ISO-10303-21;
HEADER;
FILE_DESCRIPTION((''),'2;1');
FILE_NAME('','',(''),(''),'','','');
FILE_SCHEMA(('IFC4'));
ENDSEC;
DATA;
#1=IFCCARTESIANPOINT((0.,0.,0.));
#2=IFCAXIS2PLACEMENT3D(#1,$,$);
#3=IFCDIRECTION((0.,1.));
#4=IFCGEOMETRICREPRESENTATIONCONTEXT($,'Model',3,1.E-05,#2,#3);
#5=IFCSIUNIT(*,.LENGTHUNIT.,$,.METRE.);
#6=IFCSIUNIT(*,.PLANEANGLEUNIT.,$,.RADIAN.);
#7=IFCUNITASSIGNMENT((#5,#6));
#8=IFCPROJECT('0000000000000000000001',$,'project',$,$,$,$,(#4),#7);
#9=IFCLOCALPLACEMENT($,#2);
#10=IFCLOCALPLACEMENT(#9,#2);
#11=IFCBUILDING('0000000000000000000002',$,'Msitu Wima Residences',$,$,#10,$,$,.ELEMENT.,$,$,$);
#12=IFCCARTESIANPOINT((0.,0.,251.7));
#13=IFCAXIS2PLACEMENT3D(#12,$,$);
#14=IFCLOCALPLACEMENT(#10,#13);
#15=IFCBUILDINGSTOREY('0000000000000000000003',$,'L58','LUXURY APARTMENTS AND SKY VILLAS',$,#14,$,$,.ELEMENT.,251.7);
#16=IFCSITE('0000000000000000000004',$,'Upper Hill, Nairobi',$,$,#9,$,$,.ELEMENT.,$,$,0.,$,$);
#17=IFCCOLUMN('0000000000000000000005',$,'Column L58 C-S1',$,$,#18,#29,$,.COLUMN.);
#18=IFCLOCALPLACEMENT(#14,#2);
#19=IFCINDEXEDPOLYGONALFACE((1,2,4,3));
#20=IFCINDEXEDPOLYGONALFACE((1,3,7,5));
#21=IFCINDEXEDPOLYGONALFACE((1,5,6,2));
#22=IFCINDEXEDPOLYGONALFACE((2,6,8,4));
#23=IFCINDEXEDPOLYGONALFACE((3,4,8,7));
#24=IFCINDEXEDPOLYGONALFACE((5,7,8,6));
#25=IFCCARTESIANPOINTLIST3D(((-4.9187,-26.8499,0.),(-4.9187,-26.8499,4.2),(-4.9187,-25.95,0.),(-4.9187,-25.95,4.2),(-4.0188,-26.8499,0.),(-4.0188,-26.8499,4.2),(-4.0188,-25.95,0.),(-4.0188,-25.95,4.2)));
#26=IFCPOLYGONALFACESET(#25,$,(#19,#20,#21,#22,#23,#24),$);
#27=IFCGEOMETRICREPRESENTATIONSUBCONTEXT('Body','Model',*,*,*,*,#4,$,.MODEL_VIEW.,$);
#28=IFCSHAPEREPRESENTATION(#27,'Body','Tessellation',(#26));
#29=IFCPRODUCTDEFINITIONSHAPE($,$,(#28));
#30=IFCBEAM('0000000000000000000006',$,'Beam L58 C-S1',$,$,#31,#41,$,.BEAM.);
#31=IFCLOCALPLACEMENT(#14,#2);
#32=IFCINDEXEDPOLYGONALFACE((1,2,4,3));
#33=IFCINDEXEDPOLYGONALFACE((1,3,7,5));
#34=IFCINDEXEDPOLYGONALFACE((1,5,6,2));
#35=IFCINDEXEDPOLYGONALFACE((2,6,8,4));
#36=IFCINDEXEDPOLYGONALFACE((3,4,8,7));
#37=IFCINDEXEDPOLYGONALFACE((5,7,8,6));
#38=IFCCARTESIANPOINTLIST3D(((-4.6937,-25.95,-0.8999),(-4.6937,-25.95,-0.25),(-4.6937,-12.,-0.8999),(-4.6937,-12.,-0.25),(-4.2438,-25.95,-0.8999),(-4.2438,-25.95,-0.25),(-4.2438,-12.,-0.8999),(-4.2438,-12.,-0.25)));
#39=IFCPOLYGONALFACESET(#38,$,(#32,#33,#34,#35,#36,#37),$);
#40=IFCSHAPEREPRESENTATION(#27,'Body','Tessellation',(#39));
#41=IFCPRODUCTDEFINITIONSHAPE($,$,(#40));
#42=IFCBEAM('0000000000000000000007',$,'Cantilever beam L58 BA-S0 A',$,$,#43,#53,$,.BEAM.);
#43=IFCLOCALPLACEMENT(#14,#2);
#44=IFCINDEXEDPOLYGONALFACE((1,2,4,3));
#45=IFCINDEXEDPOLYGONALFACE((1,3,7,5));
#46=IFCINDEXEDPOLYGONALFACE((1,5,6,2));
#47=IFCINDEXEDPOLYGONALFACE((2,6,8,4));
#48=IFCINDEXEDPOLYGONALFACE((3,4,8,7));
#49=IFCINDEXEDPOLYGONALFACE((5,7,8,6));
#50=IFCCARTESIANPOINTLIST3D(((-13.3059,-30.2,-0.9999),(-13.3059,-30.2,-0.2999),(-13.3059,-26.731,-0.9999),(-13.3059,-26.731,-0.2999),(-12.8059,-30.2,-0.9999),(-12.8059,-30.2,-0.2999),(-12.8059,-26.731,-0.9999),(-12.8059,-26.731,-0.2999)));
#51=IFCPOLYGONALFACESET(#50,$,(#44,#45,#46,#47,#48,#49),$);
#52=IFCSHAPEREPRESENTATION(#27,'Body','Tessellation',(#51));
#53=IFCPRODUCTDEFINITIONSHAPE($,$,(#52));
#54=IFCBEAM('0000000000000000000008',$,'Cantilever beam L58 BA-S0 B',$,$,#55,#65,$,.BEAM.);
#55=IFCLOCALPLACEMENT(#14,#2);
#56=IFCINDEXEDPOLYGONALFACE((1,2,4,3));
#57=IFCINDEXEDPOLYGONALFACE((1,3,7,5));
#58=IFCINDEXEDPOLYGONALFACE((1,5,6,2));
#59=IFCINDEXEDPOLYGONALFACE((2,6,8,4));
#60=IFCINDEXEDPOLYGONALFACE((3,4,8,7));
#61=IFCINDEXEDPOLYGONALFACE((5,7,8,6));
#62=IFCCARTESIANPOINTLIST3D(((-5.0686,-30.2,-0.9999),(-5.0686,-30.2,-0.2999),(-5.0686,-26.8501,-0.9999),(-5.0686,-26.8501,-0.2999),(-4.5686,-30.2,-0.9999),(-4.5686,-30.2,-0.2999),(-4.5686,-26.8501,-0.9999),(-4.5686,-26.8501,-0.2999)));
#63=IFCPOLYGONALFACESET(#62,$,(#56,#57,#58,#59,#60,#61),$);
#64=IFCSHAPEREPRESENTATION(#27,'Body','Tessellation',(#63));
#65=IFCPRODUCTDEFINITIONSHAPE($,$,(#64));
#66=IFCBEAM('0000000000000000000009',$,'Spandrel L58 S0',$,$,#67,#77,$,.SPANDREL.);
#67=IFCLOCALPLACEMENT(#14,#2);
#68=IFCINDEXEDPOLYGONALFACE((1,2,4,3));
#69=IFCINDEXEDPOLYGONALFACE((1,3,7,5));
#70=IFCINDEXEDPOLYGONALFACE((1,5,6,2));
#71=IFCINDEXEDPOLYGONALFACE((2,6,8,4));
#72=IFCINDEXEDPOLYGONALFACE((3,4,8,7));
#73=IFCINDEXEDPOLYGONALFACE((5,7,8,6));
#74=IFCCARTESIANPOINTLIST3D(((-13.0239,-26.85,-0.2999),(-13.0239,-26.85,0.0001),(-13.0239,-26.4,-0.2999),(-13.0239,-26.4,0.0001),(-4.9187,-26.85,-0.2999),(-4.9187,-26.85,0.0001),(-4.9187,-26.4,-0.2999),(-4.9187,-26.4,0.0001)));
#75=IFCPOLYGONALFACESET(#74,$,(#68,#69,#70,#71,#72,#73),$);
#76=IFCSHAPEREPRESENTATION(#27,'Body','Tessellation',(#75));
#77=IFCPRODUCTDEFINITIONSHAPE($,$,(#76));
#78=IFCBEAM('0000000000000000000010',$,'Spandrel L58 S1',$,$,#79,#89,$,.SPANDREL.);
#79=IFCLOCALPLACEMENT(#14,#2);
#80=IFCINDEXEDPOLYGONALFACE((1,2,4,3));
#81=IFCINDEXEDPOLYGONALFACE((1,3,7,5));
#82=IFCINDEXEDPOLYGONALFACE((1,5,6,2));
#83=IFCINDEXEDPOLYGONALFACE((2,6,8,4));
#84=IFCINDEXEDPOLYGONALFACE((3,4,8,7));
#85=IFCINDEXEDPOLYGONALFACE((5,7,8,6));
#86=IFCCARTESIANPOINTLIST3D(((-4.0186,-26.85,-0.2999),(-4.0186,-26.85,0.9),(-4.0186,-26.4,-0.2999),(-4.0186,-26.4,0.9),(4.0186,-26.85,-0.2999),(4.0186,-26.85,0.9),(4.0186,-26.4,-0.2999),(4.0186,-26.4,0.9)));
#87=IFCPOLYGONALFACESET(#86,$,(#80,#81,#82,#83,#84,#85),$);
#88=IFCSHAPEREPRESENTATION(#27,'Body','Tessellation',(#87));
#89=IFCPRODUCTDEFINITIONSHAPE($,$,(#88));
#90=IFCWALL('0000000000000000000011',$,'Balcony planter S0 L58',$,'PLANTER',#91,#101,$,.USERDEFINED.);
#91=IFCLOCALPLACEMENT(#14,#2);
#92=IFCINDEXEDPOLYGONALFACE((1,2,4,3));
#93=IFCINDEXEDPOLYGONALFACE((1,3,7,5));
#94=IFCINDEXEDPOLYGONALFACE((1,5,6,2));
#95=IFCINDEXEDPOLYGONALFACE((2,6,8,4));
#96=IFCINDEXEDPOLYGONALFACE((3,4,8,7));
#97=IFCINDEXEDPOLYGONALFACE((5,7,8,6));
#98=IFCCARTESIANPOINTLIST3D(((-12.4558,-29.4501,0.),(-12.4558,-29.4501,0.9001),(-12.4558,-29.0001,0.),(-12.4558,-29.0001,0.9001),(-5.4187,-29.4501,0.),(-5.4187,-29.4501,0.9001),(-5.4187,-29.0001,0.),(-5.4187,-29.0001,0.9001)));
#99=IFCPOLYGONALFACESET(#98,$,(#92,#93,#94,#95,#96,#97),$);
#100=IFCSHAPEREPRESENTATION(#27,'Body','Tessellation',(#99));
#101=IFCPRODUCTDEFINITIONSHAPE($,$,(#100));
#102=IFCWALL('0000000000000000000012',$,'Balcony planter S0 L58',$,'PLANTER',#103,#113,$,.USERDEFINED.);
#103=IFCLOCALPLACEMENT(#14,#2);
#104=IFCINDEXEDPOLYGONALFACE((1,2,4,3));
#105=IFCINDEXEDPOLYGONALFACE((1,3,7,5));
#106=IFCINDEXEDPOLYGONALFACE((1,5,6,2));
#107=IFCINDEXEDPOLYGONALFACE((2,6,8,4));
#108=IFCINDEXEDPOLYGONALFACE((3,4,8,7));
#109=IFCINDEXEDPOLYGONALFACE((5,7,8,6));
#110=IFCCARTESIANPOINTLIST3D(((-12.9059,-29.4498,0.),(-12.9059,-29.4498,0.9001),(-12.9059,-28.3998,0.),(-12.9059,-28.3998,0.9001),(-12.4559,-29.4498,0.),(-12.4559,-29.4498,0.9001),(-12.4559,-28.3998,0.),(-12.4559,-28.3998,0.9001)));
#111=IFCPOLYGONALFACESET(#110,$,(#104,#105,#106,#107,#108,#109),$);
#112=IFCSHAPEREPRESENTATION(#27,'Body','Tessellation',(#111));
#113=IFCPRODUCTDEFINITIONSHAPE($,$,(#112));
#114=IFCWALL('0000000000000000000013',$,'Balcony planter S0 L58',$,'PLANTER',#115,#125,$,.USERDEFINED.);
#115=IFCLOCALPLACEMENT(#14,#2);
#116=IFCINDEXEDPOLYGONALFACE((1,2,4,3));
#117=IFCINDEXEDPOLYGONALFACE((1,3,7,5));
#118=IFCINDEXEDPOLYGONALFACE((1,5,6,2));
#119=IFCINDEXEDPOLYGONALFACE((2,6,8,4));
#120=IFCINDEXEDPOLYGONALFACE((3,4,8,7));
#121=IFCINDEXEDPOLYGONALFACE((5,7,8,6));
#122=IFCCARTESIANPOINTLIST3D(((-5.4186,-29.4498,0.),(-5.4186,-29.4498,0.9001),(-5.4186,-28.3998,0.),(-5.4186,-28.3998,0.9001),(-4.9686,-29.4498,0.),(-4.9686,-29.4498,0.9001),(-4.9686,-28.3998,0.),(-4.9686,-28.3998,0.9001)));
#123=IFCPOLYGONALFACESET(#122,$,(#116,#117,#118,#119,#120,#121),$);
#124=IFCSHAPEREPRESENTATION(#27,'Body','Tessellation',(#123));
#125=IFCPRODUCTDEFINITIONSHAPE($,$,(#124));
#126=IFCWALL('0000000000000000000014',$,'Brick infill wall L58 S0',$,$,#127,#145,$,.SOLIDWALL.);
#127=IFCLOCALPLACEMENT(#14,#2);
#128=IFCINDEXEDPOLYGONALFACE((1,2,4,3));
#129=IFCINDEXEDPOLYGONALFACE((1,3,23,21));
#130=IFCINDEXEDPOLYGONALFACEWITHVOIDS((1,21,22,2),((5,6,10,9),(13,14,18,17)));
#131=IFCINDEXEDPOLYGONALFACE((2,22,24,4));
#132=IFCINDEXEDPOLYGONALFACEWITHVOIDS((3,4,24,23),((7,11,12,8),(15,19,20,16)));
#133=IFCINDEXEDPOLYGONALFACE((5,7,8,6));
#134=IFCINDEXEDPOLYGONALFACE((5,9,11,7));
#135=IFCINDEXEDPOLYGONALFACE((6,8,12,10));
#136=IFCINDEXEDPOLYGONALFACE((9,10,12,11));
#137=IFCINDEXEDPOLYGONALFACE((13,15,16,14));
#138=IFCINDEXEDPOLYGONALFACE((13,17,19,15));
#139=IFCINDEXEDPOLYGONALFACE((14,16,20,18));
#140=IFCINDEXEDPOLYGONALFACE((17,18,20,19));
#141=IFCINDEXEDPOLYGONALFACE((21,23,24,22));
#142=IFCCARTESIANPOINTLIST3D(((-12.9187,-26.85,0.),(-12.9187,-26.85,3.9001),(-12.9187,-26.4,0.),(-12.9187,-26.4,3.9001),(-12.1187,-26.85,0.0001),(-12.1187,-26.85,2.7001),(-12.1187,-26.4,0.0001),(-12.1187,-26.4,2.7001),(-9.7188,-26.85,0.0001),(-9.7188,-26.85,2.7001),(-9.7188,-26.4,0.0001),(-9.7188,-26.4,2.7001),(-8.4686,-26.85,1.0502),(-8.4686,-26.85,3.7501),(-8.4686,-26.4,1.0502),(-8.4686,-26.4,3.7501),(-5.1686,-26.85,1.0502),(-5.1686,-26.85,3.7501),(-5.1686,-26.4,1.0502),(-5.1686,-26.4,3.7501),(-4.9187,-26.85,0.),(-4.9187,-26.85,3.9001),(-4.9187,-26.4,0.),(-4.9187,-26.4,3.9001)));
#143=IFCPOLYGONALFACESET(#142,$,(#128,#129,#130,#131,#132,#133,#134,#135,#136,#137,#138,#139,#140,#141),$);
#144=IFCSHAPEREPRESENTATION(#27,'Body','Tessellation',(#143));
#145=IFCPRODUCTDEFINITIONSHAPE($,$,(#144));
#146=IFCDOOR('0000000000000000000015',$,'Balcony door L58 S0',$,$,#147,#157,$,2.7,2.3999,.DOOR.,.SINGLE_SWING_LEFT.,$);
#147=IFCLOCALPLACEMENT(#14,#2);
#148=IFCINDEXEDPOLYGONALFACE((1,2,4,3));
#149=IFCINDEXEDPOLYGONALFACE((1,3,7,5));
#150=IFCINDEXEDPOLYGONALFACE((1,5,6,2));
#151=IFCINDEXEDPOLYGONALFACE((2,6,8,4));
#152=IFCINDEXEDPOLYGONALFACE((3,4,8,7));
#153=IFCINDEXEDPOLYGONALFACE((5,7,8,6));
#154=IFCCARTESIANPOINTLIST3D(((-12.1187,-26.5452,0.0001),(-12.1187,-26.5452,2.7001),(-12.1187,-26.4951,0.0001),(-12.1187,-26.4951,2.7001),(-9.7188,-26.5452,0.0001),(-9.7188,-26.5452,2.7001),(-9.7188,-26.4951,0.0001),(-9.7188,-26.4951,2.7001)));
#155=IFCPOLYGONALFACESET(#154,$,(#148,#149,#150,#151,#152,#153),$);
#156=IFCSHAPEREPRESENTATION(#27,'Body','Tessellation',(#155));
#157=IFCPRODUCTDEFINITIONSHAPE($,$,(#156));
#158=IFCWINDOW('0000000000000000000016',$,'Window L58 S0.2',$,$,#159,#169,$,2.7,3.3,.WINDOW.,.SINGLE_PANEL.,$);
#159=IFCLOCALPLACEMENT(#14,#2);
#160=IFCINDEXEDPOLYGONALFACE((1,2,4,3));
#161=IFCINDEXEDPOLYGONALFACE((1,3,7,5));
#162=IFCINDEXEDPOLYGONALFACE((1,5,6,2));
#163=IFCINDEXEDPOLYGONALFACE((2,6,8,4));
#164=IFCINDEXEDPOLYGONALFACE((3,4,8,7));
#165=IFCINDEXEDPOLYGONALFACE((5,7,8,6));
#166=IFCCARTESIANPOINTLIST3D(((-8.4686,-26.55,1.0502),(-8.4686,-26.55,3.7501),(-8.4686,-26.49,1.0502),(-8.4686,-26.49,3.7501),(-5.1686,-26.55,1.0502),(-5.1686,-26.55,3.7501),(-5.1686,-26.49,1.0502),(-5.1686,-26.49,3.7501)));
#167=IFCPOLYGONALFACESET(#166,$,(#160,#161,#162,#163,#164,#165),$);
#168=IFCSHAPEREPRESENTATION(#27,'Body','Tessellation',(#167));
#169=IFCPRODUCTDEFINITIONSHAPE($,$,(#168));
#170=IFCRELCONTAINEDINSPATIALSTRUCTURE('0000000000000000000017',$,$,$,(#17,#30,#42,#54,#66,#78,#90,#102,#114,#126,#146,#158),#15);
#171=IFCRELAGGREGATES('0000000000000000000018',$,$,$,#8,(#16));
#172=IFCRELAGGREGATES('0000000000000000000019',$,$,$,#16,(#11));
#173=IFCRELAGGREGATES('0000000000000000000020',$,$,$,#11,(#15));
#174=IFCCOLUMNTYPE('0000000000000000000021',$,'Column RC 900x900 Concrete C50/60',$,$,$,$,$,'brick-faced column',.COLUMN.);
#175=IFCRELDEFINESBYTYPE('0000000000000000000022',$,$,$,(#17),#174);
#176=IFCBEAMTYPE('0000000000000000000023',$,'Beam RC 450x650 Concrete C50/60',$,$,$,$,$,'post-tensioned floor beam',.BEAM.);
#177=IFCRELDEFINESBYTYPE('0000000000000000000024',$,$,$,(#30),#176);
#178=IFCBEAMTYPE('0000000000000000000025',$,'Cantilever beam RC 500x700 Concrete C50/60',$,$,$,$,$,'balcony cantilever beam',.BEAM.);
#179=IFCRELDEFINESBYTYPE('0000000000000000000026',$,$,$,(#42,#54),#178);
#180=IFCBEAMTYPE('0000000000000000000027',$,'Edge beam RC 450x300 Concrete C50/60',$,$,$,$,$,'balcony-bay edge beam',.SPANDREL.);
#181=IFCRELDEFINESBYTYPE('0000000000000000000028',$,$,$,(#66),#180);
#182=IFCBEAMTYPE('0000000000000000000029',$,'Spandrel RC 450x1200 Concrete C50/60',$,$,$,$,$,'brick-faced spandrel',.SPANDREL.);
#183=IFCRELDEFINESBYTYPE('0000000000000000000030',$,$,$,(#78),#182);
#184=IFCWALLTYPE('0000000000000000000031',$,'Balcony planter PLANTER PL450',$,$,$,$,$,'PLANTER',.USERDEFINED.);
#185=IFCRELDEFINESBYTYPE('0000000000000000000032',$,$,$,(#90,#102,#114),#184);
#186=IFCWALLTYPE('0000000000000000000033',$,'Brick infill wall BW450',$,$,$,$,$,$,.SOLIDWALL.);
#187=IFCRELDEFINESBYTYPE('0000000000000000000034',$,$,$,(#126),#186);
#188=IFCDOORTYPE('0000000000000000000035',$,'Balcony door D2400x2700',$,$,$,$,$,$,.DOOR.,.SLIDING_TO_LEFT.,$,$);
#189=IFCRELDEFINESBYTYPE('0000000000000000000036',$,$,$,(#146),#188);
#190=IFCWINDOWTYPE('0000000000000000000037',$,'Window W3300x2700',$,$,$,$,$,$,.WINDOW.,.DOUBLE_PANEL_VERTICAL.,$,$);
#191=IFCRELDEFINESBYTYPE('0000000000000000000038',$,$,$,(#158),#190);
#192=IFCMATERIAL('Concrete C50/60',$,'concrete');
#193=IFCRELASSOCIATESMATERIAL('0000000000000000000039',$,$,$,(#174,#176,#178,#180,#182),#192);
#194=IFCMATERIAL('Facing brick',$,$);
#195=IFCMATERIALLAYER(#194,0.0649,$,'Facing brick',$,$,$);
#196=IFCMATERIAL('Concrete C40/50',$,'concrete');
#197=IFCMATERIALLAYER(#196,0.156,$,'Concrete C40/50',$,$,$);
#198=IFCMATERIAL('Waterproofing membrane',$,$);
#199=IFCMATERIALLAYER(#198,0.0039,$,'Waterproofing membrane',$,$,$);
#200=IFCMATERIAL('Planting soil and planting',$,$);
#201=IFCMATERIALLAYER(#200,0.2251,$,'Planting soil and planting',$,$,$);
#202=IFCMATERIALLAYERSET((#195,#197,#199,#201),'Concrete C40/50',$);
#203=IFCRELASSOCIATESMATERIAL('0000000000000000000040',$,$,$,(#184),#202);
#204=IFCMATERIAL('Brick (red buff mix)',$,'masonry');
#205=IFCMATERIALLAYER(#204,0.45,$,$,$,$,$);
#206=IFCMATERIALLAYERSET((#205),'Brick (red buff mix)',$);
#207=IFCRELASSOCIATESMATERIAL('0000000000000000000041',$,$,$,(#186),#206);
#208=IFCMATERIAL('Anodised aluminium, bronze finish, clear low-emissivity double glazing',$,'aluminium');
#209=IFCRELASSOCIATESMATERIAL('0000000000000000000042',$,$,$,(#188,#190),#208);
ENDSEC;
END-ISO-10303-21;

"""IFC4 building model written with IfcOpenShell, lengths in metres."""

from ifc_helpers import new_model, si_unit, direction, frame, frame_2d, origin, origin_2d, place, context, subcontext, project, spatial, rectangle, extrude, material, layer, layer_set, material_profile, profile_set, type_object, element, fill, save


model = new_model("IFC4")

# Units and contexts
model_context = context("Model", 3, precision=1e-05, world=origin(), true_north=direction((0.0, 1.0)))
body_context = subcontext(model_context, "Body", "Model", "MODEL_VIEW")
ifc_project = project(units=[si_unit("LENGTHUNIT", "METRE"), si_unit("PLANEANGLEUNIT", "RADIAN")], contexts=[model_context])

# Site, building, storey
site_placement = place(None, origin())
site = spatial("IfcSite", under=ifc_project, at=site_placement, Name="Upper Hill, Nairobi", CompositionType="ELEMENT", RefElevation=0.0)
building_placement = place(site_placement, origin())
building = spatial("IfcBuilding", under=site, at=building_placement, Name="Msitu Wima Residences", CompositionType="ELEMENT")
storey_placement = place(building_placement, frame((0.0, 0.0, 251.7)))
storey = spatial("IfcBuildingStorey", under=building, at=storey_placement, Name="L58", Description="LUXURY APARTMENTS AND SKY VILLAS", CompositionType="ELEMENT", Elevation=251.7)

# Column
ifc_material_1 = material(Name="Concrete C50/60", Category="concrete")
ifc_material_profile_1 = material_profile(ifc_material_1, rectangle(XDim=0.8999, YDim=0.8999, at=origin_2d()), Name="RC 900x900")
ifc_profile_set_1 = profile_set([ifc_material_profile_1], Name="Concrete C50/60")
column_type = type_object("IfcColumnType", Name="Column RC 900x900 Concrete C50/60", ElementType="brick-faced column", PredefinedType="COLUMN", material=ifc_profile_set_1)
column_placement = place(storey_placement, frame((-4.4688, -26.3999, 0.0), z_axis=(0.0, 0.0, 1.0), x_axis=(1.0, 0.0, 0.0)))
element("IfcColumn", 1, at=column_placement, inside=storey, type_object=column_type, Name="Column L58 C-S1", PredefinedType="COLUMN", context=body_context, shape_type="SweptSolid", body=[
    extrude(rectangle(XDim=0.8999, YDim=0.8999, at=origin_2d()), origin(), (0.0, 0.0, 1.0), 4.2),
])

# Beams
ifc_material_profile_2 = material_profile(ifc_material_1, rectangle(XDim=0.45, YDim=0.6499, at=origin_2d()), Name="RC 450x650")
ifc_profile_set_2 = profile_set([ifc_material_profile_2], Name="Concrete C50/60")
beam_type_1 = type_object("IfcBeamType", Name="Beam RC 450x650 Concrete C50/60", ElementType="post-tensioned floor beam", PredefinedType="BEAM", material=ifc_profile_set_2)
beam_1_placement = place(storey_placement, frame((-4.4688, -25.95, -0.575), z_axis=(0.0, 1.0, 0.0), x_axis=(-1.0, 0.0, 0.0)))
element("IfcBeam", 2, at=beam_1_placement, inside=storey, type_object=beam_type_1, Name="Beam L58 C-S1", PredefinedType="BEAM", context=body_context, shape_type="SweptSolid", body=[
    extrude(rectangle(XDim=0.45, YDim=0.6499, at=origin_2d()), origin(), (0.0, 0.0, 1.0), 13.95),
])
ifc_material_profile_3 = material_profile(ifc_material_1, rectangle(XDim=0.5, YDim=0.7, at=origin_2d()), Name="RC 500x700")
ifc_profile_set_3 = profile_set([ifc_material_profile_3], Name="Concrete C50/60")
beam_type_2 = type_object("IfcBeamType", Name="Cantilever beam RC 500x700 Concrete C50/60", ElementType="balcony cantilever beam", PredefinedType="BEAM", material=ifc_profile_set_3)
beam_2_placement = place(storey_placement, frame((-13.0559, -26.731, -0.6499), z_axis=(0.0, -1.0, 0.0), x_axis=(1.0, 0.0, 0.0)))
element("IfcBeam", 3, at=beam_2_placement, inside=storey, type_object=beam_type_2, Name="Cantilever beam L58 BA-S0 A", PredefinedType="BEAM", context=body_context, shape_type="SweptSolid", body=[
    extrude(rectangle(XDim=0.5, YDim=0.7, at=origin_2d()), origin(), (0.0, 0.0, 1.0), 3.469),
])
beam_3_placement = place(storey_placement, frame((-4.8186, -26.8501, -0.6499), z_axis=(0.0, -1.0, 0.0), x_axis=(1.0, 0.0, 0.0)))
element("IfcBeam", 4, at=beam_3_placement, inside=storey, type_object=beam_type_2, Name="Cantilever beam L58 BA-S0 B", PredefinedType="BEAM", context=body_context, shape_type="SweptSolid", body=[
    extrude(rectangle(XDim=0.5, YDim=0.7, at=origin_2d()), origin(), (0.0, 0.0, 1.0), 3.3499),
])
ifc_material_profile_4 = material_profile(ifc_material_1, rectangle(XDim=0.45, YDim=0.3, at=origin_2d()), Name="RC 450x300")
ifc_profile_set_4 = profile_set([ifc_material_profile_4], Name="Concrete C50/60")
beam_type_3 = type_object("IfcBeamType", Name="Edge beam RC 450x300 Concrete C50/60", ElementType="balcony-bay edge beam", PredefinedType="SPANDREL", material=ifc_profile_set_4)
beam_4_placement = place(storey_placement, frame((-13.0239, -26.625, -0.1499), z_axis=(1.0, 0.0, 0.0), x_axis=(0.0, 1.0, 0.0)))
element("IfcBeam", 5, at=beam_4_placement, inside=storey, type_object=beam_type_3, Name="Spandrel L58 S0", PredefinedType="SPANDREL", context=body_context, shape_type="SweptSolid", body=[
    extrude(rectangle(XDim=0.45, YDim=0.3, at=origin_2d()), origin(), (0.0, 0.0, 1.0), 8.1052),
])
ifc_material_profile_5 = material_profile(ifc_material_1, rectangle(XDim=0.45, YDim=1.2, at=origin_2d()), Name="RC 450x1200")
ifc_profile_set_5 = profile_set([ifc_material_profile_5], Name="Concrete C50/60")
beam_type_4 = type_object("IfcBeamType", Name="Spandrel RC 450x1200 Concrete C50/60", ElementType="brick-faced spandrel", PredefinedType="SPANDREL", material=ifc_profile_set_5)
beam_5_placement = place(storey_placement, frame((-4.0186, -26.625, 0.3), z_axis=(1.0, 0.0, 0.0), x_axis=(0.0, 1.0, 0.0)))
element("IfcBeam", 6, at=beam_5_placement, inside=storey, type_object=beam_type_4, Name="Spandrel L58 S1", PredefinedType="SPANDREL", context=body_context, shape_type="SweptSolid", body=[
    extrude(rectangle(XDim=0.45, YDim=1.2, at=origin_2d()), origin(), (0.0, 0.0, 1.0), 8.0371),
])

# Walls
ifc_material_2 = material(Name="Facing brick")
ifc_layer_1 = layer(ifc_material_2, 0.0649, Name="Facing brick")
ifc_material_3 = material(Name="Concrete C40/50", Category="concrete")
ifc_layer_2 = layer(ifc_material_3, 0.156, Name="Concrete C40/50")
ifc_material_4 = material(Name="Waterproofing membrane")
ifc_layer_3 = layer(ifc_material_4, 0.0039, Name="Waterproofing membrane")
ifc_material_5 = material(Name="Planting soil and planting")
ifc_layer_4 = layer(ifc_material_5, 0.2251, Name="Planting soil and planting")
ifc_layer_set_1 = layer_set([ifc_layer_1, ifc_layer_2, ifc_layer_3, ifc_layer_4], Name="Concrete C40/50")
wall_type_1 = type_object("IfcWallType", Name="Balcony planter PLANTER PL450", ElementType="PLANTER", PredefinedType="USERDEFINED", material=ifc_layer_set_1)
wall_1_placement = place(storey_placement, frame((-12.4558, -29.2251, 0.0), z_axis=(0.0, 0.0, 1.0), x_axis=(1.0, 0.0, 0.0)))
element("IfcWall", 7, at=wall_1_placement, inside=storey, type_object=wall_type_1, Name="Balcony planter S0 L58", ObjectType="PLANTER", PredefinedType="USERDEFINED", context=body_context, shape_type="SweptSolid", body=[
    extrude(rectangle(XDim=7.0371, YDim=0.45, at=frame_2d((3.5186, 0.0))), origin(), (0.0, 0.0, 1.0), 0.9001),
])
for number, where, z_axis, x_axis, name in (
    (8, (-12.6809, -28.3999, 0.0), (0.0, 0.0, 1.0), (0.0, -1.0, 0.0), "Balcony planter S0 L58"),
    (9, (-5.1936, -28.3999, 0.0), (0.0, 0.0, 1.0), (0.0, -1.0, 0.0), "Balcony planter S0 L58"),
):
    element("IfcWall", number, at=place(storey_placement, frame(where, z_axis=z_axis, x_axis=x_axis)), inside=storey, type_object=wall_type_1, Name=name, ObjectType="PLANTER", PredefinedType="USERDEFINED", context=body_context, shape_type="SweptSolid", body=[
        extrude(rectangle(XDim=1.05, YDim=0.45, at=frame_2d((0.5249, 0.0))), origin(), (0.0, 0.0, 1.0), 0.9001),
    ])

# Wall, openings, door, window
ifc_material_6 = material(Name="Brick (red buff mix)", Category="masonry")
ifc_layer_5 = layer(ifc_material_6, 0.45)
ifc_layer_set_2 = layer_set([ifc_layer_5], Name="Brick (red buff mix)")
wall_type_2 = type_object("IfcWallType", Name="Brick infill wall BW450", PredefinedType="SOLIDWALL", material=ifc_layer_set_2)
wall_2_placement = place(storey_placement, frame((-12.9187, -26.625, 0.0), z_axis=(0.0, 0.0, 1.0), x_axis=(1.0, 0.0, 0.0)))
wall_2 = element("IfcWall", 10, at=wall_2_placement, inside=storey, type_object=wall_type_2, Name="Brick infill wall L58 S0", PredefinedType="SOLIDWALL", context=body_context, shape_type="SweptSolid", body=[
    extrude(rectangle(XDim=8.0, YDim=0.45, at=frame_2d((4.0, 0.0))), origin(), (0.0, 0.0, 1.0), 3.9001),
])
opening_1_placement = place(wall_2_placement, frame((0.8, 0.0, 0.0)))
opening_1 = element("IfcOpeningElement", 11, at=opening_1_placement, cuts=wall_2, PredefinedType="OPENING", context=body_context, shape_type="SweptSolid", body=[
    extrude(rectangle(XDim=2.3999, YDim=2.7, at=frame_2d((1.2, 1.3501))), frame((0.0, 0.2349, 0.0), z_axis=(0.0, -1.0, 0.0), x_axis=(1.0, 0.0, 0.0)), (0.0, 0.0, 1.0), 0.47),
])
opening_2_placement = place(wall_2_placement, frame((4.4502, 0.0, 1.05)))
opening_2 = element("IfcOpeningElement", 12, at=opening_2_placement, cuts=wall_2, PredefinedType="OPENING", context=body_context, shape_type="SweptSolid", body=[
    extrude(rectangle(XDim=3.3, YDim=2.7, at=frame_2d((1.6499, 1.3501))), frame((0.0, 0.2349, 0.0), z_axis=(0.0, -1.0, 0.0), x_axis=(1.0, 0.0, 0.0)), (0.0, 0.0, 1.0), 0.47),
])
ifc_material_7 = material(Name="Anodised aluminium, bronze finish, clear low-emissivity double glazing", Category="aluminium")
door_type_1 = type_object("IfcDoorType", Name="Balcony door D2400x2700", OperationType="SLIDING_TO_LEFT", PredefinedType="DOOR", material=ifc_material_7)
door_1_placement = place(opening_1_placement, origin())
door_1 = element("IfcDoor", 13, at=door_1_placement, inside=storey, type_object=door_type_1, Name="Balcony door L58 S0", OperationType="SINGLE_SWING_LEFT", OverallHeight=2.7, OverallWidth=2.3999, PredefinedType="DOOR", context=body_context, shape_type="SweptSolid", body=[
    extrude(rectangle(XDim=2.3999, YDim=2.7, at=frame_2d((1.2, 1.3501))), frame((0.0, 0.1299, 0.0), z_axis=(0.0, -1.0, 0.0), x_axis=(1.0, 0.0, 0.0)), (0.0, 0.0, 1.0), 0.05),
])
fill(opening_1, door_1)
window_type = type_object("IfcWindowType", Name="Window W3300x2700", PartitioningType="DOUBLE_PANEL_VERTICAL", PredefinedType="WINDOW", material=ifc_material_7)
window_1_placement = place(opening_2_placement, origin())
window_1 = element("IfcWindow", 14, at=window_1_placement, inside=storey, type_object=window_type, Name="Window L58 S0.2", OverallHeight=2.7, OverallWidth=3.3, PartitioningType="SINGLE_PANEL", PredefinedType="WINDOW", context=body_context, shape_type="SweptSolid", body=[
    extrude(rectangle(XDim=3.3, YDim=2.7, at=frame_2d((1.6499, 1.3501))), frame((0.0, 0.135, 0.0), z_axis=(0.0, -1.0, 0.0), x_axis=(1.0, 0.0, 0.0)), (0.0, 0.0, 1.0), 0.0601),
])
fill(opening_2, window_1)

save(model, "model.ifc")
